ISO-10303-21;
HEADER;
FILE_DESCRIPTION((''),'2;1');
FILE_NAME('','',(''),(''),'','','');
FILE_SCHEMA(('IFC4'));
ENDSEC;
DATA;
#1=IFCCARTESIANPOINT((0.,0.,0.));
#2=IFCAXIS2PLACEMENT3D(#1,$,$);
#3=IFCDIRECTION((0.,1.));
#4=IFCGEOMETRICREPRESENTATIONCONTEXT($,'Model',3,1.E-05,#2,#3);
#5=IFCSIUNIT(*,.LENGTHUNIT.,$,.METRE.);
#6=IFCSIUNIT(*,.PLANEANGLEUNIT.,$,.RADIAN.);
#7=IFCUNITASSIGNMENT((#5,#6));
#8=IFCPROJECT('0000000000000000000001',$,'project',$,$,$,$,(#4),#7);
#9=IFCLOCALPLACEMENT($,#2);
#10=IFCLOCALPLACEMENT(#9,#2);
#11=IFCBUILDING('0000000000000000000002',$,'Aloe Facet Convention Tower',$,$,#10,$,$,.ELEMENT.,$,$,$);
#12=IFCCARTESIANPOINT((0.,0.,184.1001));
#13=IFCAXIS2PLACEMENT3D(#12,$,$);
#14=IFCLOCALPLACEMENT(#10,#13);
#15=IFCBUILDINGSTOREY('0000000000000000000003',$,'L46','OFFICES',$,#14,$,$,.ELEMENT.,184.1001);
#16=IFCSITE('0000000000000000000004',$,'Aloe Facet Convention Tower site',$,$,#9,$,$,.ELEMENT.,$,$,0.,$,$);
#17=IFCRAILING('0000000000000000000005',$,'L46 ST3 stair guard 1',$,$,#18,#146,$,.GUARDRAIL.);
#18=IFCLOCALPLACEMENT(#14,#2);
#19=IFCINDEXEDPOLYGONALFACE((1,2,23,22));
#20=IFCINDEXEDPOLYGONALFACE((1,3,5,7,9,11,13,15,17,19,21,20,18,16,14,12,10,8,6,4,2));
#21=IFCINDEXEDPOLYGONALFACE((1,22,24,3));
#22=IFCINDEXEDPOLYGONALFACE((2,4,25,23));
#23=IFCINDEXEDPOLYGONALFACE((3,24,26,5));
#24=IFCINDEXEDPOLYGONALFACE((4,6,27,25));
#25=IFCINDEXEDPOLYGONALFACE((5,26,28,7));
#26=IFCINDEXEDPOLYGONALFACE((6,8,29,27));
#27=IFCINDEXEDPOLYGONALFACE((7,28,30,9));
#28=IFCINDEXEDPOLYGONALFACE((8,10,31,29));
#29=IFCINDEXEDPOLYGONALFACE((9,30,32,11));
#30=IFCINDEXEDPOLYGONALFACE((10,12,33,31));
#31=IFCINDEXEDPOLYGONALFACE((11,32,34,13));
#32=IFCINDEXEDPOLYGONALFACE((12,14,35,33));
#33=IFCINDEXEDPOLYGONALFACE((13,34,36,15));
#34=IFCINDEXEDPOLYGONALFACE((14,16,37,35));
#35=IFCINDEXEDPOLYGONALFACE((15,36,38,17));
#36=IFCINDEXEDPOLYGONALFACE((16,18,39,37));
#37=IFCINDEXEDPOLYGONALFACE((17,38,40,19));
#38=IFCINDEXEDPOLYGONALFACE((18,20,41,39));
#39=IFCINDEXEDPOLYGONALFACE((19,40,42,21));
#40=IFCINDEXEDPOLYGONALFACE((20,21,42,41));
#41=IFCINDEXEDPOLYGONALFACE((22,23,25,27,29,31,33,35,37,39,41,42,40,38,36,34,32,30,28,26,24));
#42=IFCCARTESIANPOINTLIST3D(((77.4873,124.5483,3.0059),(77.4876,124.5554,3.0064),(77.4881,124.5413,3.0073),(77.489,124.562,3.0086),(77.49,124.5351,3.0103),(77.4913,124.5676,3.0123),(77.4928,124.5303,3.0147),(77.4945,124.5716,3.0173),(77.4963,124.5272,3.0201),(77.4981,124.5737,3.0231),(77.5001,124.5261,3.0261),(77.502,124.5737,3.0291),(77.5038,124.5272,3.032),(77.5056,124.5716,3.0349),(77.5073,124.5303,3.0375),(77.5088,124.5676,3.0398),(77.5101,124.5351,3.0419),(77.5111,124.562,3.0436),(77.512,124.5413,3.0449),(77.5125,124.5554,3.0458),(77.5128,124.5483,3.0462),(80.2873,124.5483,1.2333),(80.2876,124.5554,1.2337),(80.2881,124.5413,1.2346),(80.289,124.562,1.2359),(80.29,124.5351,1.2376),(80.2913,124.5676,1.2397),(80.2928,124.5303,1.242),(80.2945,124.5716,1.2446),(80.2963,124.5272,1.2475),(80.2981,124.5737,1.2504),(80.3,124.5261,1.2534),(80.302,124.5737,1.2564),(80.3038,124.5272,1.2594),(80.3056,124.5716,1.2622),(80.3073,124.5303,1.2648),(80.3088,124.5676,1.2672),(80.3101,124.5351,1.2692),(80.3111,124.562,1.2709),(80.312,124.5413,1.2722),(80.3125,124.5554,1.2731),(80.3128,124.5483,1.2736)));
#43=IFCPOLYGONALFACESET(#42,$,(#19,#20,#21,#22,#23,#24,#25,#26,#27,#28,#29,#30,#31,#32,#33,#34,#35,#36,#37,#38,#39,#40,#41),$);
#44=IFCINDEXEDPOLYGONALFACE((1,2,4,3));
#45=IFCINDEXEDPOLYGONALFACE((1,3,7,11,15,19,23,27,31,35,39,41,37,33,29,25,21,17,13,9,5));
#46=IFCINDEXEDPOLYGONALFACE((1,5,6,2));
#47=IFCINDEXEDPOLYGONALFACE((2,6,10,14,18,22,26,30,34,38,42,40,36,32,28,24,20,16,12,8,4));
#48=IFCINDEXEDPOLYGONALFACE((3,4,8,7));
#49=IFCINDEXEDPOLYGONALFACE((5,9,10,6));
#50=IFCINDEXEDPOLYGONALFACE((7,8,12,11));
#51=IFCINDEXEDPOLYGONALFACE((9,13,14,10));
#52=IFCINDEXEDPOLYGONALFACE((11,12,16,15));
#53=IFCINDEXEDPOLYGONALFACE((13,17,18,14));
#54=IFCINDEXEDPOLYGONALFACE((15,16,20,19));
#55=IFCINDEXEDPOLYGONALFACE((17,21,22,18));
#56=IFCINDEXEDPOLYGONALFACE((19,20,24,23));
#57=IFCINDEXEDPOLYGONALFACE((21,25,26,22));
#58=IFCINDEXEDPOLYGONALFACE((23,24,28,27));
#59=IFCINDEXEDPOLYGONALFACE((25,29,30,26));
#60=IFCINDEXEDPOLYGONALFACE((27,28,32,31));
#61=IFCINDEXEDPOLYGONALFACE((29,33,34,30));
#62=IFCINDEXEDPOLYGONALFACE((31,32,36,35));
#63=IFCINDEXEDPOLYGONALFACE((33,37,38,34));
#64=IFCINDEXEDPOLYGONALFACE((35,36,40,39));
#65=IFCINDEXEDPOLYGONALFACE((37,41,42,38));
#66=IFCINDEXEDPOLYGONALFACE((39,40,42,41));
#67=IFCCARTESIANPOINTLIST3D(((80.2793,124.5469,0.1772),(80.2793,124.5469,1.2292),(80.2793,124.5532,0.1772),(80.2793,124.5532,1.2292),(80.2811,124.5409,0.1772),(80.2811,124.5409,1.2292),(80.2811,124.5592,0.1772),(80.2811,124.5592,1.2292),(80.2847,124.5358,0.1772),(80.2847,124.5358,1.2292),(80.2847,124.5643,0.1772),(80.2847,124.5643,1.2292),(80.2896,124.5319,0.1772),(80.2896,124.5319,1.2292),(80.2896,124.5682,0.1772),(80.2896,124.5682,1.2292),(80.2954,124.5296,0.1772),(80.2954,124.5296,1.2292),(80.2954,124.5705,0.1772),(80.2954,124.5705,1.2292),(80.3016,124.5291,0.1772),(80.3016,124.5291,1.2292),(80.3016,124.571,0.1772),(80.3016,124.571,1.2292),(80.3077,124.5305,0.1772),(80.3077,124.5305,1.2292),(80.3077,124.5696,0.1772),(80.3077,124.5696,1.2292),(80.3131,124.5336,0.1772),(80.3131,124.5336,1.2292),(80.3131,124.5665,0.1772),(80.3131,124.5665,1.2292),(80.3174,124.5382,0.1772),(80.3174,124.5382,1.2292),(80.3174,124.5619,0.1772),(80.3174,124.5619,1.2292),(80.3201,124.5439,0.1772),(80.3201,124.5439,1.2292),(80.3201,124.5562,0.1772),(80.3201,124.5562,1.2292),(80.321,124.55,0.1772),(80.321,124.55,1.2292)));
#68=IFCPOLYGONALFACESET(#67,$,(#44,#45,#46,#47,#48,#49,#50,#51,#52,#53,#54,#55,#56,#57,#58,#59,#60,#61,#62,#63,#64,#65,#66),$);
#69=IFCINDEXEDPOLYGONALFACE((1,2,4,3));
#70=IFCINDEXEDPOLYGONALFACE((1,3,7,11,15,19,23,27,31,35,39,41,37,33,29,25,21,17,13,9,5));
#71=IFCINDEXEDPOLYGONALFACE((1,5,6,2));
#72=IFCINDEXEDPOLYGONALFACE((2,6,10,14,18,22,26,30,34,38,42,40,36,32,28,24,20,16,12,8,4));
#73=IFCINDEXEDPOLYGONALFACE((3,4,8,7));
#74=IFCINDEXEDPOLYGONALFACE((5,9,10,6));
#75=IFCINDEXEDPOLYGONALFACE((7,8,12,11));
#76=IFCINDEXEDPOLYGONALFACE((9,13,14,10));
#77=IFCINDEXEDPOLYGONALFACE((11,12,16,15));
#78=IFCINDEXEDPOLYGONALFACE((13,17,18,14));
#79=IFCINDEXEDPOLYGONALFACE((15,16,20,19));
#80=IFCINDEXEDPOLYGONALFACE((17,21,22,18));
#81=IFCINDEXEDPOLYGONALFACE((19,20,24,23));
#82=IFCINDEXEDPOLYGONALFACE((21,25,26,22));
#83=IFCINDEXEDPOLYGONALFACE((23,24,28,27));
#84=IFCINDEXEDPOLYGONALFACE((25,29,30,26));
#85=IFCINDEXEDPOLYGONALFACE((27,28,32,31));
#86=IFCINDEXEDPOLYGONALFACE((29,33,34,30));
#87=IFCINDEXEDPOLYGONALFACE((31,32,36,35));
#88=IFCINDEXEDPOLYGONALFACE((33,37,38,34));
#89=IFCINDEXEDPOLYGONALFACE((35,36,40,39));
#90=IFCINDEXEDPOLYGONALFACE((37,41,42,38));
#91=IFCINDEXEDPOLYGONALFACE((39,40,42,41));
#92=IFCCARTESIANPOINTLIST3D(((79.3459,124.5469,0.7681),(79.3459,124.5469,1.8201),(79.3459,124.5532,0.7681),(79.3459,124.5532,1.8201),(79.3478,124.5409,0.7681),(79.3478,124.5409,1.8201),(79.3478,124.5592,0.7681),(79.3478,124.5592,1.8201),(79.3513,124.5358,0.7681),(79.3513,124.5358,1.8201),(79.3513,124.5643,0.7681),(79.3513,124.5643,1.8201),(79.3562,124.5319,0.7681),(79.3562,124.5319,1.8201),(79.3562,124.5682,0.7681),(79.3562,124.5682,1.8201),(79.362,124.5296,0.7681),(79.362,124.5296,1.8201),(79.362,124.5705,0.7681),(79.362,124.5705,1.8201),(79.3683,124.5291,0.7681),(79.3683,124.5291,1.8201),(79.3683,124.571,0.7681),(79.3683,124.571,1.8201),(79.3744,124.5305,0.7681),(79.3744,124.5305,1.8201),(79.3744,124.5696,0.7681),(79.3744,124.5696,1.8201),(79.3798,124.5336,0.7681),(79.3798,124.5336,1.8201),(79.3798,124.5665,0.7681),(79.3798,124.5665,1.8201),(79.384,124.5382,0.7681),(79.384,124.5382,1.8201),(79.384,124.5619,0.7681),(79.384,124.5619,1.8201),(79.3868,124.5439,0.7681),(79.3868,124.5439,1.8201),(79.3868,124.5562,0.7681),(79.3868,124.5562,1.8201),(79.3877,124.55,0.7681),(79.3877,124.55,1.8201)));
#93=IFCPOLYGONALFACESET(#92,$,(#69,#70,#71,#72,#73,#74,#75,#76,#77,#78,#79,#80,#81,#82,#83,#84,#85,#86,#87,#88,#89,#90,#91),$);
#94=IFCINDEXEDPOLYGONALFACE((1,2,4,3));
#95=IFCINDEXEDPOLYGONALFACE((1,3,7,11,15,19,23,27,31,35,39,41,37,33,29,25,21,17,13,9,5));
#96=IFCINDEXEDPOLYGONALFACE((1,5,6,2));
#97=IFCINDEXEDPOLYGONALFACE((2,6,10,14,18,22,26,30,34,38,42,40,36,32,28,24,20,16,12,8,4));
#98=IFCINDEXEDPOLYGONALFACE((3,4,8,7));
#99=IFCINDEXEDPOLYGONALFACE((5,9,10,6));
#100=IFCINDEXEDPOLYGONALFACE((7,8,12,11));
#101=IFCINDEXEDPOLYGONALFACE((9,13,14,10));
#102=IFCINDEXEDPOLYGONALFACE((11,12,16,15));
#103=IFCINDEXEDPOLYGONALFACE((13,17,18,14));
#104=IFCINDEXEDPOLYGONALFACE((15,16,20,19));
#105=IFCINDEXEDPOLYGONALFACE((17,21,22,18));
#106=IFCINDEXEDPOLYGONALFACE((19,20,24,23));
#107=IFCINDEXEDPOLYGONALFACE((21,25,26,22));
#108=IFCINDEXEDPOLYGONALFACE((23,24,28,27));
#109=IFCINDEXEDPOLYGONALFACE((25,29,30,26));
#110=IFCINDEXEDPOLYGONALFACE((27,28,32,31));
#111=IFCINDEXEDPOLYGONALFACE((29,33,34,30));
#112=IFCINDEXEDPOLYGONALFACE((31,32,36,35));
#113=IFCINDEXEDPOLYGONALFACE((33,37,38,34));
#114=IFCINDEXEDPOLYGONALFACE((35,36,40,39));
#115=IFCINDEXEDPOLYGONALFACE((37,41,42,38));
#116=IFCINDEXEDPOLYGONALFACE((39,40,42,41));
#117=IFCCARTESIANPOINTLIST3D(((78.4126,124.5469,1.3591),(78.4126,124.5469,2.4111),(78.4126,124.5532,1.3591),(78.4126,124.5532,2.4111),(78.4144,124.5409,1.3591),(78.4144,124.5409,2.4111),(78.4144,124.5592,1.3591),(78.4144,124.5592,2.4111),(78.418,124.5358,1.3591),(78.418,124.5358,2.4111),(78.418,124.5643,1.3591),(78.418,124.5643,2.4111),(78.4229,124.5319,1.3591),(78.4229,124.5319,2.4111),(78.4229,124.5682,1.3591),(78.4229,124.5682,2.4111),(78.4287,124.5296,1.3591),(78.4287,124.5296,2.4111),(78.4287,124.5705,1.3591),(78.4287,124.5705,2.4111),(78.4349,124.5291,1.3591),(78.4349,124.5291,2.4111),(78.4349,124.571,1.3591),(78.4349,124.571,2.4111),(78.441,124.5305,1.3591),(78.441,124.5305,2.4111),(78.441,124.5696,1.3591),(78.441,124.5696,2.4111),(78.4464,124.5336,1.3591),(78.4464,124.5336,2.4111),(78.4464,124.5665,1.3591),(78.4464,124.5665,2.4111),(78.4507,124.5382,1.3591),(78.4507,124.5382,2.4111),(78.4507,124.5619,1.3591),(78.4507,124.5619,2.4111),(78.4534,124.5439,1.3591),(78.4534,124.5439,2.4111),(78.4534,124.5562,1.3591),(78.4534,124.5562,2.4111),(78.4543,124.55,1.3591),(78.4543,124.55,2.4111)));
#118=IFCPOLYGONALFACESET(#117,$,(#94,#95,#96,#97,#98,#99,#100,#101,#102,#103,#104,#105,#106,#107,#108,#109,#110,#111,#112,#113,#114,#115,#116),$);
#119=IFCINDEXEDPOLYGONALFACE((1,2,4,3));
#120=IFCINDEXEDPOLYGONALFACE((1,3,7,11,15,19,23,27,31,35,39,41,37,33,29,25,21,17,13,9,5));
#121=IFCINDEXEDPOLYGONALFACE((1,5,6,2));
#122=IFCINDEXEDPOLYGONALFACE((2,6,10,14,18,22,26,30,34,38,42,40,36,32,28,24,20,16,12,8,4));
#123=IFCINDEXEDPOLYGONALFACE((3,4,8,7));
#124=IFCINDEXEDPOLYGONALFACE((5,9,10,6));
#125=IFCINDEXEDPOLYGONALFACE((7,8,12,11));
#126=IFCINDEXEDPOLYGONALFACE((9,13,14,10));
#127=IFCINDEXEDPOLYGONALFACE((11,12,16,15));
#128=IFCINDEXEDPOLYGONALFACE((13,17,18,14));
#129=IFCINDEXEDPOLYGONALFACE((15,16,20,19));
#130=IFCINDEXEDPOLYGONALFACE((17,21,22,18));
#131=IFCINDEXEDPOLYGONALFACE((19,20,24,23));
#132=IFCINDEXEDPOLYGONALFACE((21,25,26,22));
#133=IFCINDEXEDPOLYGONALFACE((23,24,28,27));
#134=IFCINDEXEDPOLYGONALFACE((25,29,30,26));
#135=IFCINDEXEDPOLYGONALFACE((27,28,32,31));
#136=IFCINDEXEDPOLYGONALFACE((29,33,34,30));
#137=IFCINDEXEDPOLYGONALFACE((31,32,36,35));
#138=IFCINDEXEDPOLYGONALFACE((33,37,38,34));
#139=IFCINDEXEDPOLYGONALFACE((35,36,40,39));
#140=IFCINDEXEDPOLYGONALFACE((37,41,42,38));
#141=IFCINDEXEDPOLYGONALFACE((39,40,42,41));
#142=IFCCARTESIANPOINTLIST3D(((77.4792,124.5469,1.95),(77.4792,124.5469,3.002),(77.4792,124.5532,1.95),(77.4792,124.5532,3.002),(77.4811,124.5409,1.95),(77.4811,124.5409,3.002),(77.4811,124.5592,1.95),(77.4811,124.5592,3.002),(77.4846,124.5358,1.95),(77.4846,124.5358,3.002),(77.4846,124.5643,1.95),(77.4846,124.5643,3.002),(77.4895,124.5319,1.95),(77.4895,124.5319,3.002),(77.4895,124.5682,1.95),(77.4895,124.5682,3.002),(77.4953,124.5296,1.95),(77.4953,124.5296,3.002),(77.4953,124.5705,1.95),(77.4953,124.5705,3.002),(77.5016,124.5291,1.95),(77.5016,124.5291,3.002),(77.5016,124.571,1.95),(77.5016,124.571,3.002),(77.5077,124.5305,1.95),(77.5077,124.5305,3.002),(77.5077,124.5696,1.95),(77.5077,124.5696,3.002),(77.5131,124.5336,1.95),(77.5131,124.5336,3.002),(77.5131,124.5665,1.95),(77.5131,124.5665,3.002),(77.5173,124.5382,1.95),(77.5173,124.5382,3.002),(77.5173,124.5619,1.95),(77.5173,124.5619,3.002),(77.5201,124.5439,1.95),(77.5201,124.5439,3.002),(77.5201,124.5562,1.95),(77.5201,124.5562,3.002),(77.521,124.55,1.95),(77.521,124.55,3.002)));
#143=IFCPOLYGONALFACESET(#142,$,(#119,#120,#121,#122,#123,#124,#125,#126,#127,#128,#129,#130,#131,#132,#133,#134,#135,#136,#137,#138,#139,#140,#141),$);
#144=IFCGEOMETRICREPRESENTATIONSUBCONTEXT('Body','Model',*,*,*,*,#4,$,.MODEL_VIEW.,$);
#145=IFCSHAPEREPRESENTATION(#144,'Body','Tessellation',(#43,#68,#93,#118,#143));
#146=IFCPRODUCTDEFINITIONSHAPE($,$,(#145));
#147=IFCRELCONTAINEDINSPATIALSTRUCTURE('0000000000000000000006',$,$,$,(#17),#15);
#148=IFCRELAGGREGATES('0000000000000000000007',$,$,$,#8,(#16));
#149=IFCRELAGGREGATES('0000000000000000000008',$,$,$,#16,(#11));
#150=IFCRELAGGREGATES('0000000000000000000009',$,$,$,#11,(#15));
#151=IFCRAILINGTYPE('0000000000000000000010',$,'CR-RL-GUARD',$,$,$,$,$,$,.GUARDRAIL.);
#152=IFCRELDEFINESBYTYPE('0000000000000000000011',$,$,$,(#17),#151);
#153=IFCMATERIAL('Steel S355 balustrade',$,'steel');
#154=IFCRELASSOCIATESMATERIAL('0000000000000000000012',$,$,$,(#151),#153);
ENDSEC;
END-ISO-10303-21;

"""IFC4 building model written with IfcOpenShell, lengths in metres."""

from ifc_helpers import new_model, si_unit, direction, frame, origin, origin_2d, place, context, subcontext, project, spatial, circle, extrude, material, type_object, element, save


model = new_model("IFC4")

# Units and contexts
model_context = context("Model", 3, precision=1e-05, world=origin(), true_north=direction((0.0, 1.0)))
body_context = subcontext(model_context, "Body", "Model", "MODEL_VIEW")
ifc_project = project(units=[si_unit("LENGTHUNIT", "METRE"), si_unit("PLANEANGLEUNIT", "RADIAN")], contexts=[model_context])

# Site, building, storey
site_placement = place(None, origin())
site = spatial("IfcSite", under=ifc_project, at=site_placement, Name="Aloe Facet Convention Tower site", CompositionType="ELEMENT", RefElevation=0.0)
building_placement = place(site_placement, origin())
building = spatial("IfcBuilding", under=site, at=building_placement, Name="Aloe Facet Convention Tower", CompositionType="ELEMENT")
storey_placement = place(building_placement, frame((0.0, 0.0, 184.1001)))
storey = spatial("IfcBuildingStorey", under=building, at=storey_placement, Name="L46", Description="OFFICES", CompositionType="ELEMENT", Elevation=184.1001)

# Railing
ifc_material_1 = material(Name="Steel S355 balustrade", Category="steel")
railing_type_1 = type_object("IfcRailingType", Name="CR-RL-GUARD", PredefinedType="GUARDRAIL", material=ifc_material_1)
railing_1_placement = place(storey_placement, frame((80.3, 124.55, 0.1772)))
element("IfcRailing", 1, at=railing_1_placement, inside=storey, type_object=railing_type_1, Name="L46 ST3 stair guard 1", PredefinedType="GUARDRAIL", context=body_context, shape_type="SweptSolid", body=[
    extrude(circle(Radius=0.0239, at=origin_2d()), frame((0.0, 0.0, 1.0762), z_axis=(-0.844909, 0.0, 0.53491), x_axis=(0.0, -1.0, 0.0)), (0.0, 0.0, 1.0), 3.314),
    extrude(circle(Radius=0.021, at=origin_2d()), origin(), (0.0, 0.0, 1.0), 1.052),
    extrude(circle(Radius=0.021, at=origin_2d()), frame((-0.9333, 0.0, 0.5908)), (0.0, 0.0, 1.0), 1.052),
    extrude(circle(Radius=0.021, at=origin_2d()), frame((-1.8667, 0.0, 1.1819)), (0.0, 0.0, 1.0), 1.052),
    extrude(circle(Radius=0.021, at=origin_2d()), frame((-2.8, 0.0, 1.7727)), (0.0, 0.0, 1.0), 1.052),
])

save(model, "model.ifc")
